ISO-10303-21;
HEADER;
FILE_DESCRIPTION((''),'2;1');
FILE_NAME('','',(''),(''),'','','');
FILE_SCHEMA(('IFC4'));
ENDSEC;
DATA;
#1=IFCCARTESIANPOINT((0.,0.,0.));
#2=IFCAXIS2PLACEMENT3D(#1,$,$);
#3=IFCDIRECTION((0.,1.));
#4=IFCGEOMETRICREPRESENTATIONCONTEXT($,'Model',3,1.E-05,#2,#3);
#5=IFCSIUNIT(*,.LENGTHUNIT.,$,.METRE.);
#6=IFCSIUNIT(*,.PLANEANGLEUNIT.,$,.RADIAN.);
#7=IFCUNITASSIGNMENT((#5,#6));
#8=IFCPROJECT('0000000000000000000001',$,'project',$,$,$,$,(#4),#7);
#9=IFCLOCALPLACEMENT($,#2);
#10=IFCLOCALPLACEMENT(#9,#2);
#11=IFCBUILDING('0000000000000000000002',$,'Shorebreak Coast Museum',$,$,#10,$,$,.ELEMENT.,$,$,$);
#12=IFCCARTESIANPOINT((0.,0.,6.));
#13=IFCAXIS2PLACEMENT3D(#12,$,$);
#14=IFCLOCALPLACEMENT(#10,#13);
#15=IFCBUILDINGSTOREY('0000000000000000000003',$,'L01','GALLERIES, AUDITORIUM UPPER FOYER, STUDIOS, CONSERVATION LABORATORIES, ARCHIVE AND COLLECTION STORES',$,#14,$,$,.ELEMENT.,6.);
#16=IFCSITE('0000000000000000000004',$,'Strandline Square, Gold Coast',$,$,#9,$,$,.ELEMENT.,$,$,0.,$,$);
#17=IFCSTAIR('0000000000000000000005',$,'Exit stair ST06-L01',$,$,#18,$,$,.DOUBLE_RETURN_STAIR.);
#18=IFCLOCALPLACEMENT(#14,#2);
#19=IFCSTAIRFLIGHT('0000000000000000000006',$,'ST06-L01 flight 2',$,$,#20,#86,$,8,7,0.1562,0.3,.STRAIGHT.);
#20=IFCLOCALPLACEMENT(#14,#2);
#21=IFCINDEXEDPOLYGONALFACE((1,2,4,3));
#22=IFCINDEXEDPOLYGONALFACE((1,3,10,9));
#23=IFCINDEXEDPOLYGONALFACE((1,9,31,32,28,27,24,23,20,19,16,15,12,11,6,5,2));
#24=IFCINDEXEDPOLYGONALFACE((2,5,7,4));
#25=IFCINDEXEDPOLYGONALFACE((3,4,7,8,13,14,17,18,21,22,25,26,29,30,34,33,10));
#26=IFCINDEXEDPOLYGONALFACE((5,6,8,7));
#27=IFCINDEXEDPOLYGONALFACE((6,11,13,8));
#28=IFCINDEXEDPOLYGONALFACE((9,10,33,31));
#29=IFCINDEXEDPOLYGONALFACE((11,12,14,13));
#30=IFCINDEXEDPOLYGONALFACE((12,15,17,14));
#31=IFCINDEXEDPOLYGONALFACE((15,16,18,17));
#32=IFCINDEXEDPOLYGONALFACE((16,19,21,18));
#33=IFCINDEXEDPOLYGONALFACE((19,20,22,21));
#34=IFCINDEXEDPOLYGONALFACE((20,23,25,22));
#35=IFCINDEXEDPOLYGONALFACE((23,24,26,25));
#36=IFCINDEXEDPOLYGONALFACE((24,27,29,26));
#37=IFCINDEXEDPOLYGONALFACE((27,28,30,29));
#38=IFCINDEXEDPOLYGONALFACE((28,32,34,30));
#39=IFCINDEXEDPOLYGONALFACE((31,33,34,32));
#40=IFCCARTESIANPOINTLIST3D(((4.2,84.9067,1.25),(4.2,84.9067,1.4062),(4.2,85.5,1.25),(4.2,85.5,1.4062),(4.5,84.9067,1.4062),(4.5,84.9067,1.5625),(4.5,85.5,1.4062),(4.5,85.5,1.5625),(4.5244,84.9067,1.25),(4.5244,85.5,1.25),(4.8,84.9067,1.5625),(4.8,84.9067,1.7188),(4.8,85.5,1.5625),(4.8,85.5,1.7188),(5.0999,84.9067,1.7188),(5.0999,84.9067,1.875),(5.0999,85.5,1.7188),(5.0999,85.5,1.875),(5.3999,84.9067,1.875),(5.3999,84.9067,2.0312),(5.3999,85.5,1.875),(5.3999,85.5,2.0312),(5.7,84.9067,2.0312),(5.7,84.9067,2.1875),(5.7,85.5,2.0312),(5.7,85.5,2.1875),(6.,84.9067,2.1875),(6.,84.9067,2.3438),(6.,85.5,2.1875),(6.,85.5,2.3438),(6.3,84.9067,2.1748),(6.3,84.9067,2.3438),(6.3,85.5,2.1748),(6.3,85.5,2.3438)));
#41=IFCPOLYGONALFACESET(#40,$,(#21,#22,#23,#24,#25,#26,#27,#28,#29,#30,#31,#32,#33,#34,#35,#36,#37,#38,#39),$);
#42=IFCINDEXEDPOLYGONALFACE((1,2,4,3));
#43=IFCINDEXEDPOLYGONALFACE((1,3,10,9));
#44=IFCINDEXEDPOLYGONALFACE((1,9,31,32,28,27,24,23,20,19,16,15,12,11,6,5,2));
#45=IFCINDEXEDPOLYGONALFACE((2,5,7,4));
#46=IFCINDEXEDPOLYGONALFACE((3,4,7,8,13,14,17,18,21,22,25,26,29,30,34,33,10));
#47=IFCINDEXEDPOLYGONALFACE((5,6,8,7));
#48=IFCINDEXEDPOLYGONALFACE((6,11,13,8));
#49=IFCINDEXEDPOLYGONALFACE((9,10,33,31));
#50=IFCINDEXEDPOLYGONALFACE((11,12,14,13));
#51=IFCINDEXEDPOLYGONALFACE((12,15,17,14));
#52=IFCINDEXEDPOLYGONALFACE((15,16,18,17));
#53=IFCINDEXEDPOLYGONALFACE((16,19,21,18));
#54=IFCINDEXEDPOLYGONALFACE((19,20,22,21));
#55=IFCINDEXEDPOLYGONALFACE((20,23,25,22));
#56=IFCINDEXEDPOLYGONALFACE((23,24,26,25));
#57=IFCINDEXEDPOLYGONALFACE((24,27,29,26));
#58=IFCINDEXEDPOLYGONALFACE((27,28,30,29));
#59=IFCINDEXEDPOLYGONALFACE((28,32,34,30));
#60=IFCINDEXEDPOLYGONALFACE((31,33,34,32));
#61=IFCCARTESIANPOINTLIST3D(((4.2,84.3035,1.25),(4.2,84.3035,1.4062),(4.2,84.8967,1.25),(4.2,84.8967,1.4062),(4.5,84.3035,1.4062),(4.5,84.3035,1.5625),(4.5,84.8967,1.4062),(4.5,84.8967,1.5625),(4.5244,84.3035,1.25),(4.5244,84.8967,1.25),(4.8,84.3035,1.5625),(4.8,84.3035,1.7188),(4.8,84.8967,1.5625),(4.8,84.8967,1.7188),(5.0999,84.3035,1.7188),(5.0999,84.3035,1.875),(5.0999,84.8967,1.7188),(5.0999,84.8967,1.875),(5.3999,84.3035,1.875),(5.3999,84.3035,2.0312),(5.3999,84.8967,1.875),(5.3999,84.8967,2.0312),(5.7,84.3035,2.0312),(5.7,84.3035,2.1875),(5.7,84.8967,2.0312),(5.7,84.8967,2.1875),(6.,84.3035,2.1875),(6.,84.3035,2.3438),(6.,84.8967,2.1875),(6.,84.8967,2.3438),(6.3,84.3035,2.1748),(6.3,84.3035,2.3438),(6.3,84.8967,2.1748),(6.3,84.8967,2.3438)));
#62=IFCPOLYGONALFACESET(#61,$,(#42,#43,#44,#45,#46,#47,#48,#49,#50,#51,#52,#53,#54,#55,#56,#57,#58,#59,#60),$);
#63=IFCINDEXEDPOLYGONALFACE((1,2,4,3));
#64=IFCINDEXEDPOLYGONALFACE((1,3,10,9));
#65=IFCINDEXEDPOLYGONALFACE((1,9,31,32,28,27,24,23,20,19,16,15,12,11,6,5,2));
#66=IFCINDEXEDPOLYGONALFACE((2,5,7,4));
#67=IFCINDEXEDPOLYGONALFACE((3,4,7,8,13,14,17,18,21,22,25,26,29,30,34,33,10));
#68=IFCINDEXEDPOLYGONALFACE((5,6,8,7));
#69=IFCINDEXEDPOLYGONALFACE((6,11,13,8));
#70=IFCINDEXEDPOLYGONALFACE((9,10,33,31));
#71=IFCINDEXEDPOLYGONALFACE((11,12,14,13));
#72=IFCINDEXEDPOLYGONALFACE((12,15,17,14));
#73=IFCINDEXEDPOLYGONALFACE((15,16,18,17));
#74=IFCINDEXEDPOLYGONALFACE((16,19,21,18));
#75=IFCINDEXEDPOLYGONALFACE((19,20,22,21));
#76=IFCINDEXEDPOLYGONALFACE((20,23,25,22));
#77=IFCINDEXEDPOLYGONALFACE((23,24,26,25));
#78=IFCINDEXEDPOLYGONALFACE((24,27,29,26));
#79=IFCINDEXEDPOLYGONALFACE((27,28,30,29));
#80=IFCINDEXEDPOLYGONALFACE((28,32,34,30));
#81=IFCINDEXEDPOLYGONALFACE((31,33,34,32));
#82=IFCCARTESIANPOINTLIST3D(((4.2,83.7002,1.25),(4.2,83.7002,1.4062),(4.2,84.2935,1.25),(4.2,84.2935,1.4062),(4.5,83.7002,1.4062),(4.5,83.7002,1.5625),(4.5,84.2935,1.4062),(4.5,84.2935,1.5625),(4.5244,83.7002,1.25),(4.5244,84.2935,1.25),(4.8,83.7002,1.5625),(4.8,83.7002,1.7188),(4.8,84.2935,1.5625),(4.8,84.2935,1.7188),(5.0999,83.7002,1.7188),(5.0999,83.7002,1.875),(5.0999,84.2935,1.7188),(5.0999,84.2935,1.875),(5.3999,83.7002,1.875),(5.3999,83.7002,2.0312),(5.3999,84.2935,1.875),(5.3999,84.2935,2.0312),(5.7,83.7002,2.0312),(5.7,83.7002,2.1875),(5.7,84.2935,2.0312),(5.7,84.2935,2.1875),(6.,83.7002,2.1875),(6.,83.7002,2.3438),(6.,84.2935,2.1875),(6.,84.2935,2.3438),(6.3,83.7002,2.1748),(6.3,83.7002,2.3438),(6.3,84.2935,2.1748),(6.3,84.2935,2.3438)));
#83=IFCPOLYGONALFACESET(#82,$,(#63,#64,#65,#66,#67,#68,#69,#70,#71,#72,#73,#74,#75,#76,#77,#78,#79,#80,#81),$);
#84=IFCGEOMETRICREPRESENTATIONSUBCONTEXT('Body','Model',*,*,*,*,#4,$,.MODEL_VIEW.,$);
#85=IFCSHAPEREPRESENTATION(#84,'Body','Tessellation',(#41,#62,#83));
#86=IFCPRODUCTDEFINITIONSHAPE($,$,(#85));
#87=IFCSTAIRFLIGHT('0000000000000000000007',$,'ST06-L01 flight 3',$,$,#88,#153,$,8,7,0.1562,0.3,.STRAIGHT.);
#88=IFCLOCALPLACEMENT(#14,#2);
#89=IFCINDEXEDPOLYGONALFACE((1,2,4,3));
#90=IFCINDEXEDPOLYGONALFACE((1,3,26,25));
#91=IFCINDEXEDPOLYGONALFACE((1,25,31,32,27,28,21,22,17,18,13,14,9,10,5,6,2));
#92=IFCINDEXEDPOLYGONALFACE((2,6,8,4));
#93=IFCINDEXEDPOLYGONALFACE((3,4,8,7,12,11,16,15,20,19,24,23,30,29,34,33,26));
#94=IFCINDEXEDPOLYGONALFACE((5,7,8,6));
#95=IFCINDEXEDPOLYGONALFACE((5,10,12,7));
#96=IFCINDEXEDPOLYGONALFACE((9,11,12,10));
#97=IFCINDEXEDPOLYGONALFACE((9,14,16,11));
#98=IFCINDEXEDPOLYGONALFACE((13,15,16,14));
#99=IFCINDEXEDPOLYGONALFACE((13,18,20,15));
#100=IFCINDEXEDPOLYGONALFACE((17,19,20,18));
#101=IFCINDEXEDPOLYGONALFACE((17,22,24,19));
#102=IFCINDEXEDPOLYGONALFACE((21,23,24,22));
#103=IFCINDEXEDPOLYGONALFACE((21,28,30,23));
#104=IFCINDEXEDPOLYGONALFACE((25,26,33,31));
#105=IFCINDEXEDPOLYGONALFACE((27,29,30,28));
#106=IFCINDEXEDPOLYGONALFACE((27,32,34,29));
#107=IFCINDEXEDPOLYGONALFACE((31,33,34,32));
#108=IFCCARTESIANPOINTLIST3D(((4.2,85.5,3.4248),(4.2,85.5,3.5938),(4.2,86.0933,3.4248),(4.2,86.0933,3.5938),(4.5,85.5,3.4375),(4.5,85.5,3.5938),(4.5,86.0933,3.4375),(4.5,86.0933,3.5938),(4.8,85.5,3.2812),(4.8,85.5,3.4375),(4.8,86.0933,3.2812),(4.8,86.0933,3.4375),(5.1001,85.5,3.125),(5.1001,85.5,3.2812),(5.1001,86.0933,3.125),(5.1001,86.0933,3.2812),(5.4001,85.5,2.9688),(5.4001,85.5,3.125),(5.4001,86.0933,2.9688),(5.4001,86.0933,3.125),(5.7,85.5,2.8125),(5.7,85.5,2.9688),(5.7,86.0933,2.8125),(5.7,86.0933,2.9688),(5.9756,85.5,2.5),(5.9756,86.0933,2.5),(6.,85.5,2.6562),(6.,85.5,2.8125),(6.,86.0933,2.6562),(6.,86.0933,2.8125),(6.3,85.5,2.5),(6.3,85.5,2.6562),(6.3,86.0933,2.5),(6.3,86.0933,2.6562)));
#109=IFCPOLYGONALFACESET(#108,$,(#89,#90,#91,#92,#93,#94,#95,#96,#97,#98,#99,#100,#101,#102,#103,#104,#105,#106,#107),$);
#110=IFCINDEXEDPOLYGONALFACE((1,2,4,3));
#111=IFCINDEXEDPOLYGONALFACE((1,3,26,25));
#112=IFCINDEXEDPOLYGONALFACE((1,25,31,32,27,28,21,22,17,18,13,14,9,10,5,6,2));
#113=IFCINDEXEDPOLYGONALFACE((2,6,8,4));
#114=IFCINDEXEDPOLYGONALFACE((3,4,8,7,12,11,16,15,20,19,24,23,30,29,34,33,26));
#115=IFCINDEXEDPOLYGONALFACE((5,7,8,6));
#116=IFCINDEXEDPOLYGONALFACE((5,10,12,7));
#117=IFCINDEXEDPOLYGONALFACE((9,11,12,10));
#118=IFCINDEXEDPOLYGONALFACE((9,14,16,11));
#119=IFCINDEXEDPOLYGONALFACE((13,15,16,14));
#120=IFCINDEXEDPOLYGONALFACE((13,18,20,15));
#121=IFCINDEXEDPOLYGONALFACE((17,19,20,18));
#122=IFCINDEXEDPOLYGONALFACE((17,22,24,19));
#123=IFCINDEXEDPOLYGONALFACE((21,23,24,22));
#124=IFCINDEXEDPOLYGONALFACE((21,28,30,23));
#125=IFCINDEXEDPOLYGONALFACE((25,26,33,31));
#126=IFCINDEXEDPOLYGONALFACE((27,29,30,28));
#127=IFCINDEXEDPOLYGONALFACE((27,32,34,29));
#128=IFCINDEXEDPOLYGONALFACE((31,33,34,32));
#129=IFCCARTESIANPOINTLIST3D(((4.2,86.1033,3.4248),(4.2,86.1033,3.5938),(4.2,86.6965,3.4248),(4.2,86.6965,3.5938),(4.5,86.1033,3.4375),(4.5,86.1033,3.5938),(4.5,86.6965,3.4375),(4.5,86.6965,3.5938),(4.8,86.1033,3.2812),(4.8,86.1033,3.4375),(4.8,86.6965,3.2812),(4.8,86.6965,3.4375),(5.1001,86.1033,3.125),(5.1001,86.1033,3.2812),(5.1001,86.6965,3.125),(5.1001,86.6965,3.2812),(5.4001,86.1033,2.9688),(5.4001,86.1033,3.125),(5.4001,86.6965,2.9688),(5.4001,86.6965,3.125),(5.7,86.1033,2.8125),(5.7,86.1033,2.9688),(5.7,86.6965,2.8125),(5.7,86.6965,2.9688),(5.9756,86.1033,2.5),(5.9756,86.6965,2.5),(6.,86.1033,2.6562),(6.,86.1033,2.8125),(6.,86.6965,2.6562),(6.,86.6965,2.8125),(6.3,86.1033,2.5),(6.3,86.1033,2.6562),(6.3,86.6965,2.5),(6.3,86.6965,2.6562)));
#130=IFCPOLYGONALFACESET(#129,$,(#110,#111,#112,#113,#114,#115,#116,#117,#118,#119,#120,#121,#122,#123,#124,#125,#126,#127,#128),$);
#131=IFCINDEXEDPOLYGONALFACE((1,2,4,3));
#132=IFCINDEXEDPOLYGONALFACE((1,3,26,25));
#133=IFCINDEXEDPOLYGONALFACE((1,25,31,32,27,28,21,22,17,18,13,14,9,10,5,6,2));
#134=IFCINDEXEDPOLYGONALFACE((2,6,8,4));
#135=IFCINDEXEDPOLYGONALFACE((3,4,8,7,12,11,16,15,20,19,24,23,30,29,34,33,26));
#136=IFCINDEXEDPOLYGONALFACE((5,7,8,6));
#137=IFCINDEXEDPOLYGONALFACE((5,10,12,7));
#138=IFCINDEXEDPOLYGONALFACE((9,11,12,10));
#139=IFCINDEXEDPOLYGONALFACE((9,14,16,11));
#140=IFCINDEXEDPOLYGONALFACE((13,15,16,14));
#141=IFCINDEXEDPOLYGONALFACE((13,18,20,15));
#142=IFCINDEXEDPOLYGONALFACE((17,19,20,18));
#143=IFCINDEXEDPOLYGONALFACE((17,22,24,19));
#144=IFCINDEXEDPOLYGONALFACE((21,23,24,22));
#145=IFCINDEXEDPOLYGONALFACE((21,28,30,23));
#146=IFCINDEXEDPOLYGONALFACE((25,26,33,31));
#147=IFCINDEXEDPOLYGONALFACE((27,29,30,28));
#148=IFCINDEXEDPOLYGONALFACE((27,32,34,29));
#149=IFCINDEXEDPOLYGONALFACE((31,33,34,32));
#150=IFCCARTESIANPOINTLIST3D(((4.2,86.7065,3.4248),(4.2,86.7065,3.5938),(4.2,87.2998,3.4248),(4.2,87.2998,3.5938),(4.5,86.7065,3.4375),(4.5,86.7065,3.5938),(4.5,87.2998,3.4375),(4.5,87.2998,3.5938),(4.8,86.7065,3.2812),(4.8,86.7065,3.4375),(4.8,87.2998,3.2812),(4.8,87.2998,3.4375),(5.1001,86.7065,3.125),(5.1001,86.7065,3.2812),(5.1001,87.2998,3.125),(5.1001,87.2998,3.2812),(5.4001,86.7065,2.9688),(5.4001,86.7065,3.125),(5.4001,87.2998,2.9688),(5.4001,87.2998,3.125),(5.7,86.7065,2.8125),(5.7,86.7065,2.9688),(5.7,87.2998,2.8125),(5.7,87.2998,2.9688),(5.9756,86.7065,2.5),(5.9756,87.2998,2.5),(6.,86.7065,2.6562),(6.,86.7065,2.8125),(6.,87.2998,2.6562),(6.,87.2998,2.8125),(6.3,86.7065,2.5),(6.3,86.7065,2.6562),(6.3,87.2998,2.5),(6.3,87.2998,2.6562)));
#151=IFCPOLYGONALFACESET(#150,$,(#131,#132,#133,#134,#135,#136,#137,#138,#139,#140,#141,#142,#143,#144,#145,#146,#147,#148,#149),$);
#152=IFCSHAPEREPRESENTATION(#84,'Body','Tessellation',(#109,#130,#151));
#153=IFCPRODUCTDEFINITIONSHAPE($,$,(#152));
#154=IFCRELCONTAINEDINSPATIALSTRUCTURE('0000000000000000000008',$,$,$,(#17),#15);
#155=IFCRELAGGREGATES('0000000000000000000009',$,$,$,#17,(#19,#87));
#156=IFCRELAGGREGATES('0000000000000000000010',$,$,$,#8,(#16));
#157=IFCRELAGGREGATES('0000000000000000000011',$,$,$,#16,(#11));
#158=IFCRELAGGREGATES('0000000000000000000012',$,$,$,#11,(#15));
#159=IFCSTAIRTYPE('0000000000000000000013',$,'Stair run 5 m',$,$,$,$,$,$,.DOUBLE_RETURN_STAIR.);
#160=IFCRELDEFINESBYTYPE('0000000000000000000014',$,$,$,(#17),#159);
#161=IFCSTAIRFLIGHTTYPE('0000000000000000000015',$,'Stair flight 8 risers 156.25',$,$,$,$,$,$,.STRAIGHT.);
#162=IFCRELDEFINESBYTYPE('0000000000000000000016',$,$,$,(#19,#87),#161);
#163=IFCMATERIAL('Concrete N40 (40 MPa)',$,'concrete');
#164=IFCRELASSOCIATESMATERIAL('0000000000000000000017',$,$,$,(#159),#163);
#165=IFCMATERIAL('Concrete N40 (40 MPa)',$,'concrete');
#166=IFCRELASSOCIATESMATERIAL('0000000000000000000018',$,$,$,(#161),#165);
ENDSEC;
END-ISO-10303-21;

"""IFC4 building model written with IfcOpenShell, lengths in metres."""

from ifc_helpers import new_model, si_unit, direction, frame, origin, place, context, subcontext, project, spatial, polyline, outline, extrude, material, type_object, element, aggregate, save


model = new_model("IFC4")

# Units and contexts
model_context = context("Model", 3, precision=1e-05, world=origin(), true_north=direction((0.0, 1.0)))
body_context = subcontext(model_context, "Body", "Model", "MODEL_VIEW")
ifc_project = project(units=[si_unit("LENGTHUNIT", "METRE"), si_unit("PLANEANGLEUNIT", "RADIAN")], contexts=[model_context])

# Site, building, storey
site_placement = place(None, origin())
site = spatial("IfcSite", under=ifc_project, at=site_placement, Name="Strandline Square, Gold Coast", CompositionType="ELEMENT", RefElevation=0.0)
building_placement = place(site_placement, origin())
building = spatial("IfcBuilding", under=site, at=building_placement, Name="Shorebreak Coast Museum", CompositionType="ELEMENT")
storey_placement = place(building_placement, frame((0.0, 0.0, 6.0)))
storey = spatial("IfcBuildingStorey", under=building, at=storey_placement, Name="L01", Description="GALLERIES, AUDITORIUM UPPER FOYER, STUDIOS, CONSERVATION LABORATORIES, ARCHIVE AND COLLECTION STORES", CompositionType="ELEMENT", Elevation=6.0)

# Stair, stair flights
ifc_material_1 = material(Name="Concrete N40 (40 MPa)", Category="concrete")
stair_type = type_object("IfcStairType", Name="Stair run 5 m", PredefinedType="DOUBLE_RETURN_STAIR", material=ifc_material_1)
stair_placement = place(storey_placement, origin())
stair = element("IfcStair", 1, at=stair_placement, inside=storey, type_object=stair_type, Name="Exit stair ST06-L01", PredefinedType="DOUBLE_RETURN_STAIR")
ifc_material_2 = material(Name="Concrete N40 (40 MPa)", Category="concrete")
stair_flight_type = type_object("IfcStairFlightType", Name="Stair flight 8 risers 156.25", PredefinedType="STRAIGHT", material=ifc_material_2)
stair_flight_1_placement = place(storey_placement, frame((4.2, 84.6001, 1.25), z_axis=(0.0, 0.0, 1.0), x_axis=(1.0, 0.0, 0.0)))
stair_flight_1 = element("IfcStairFlight", 2, at=stair_flight_1_placement, type_object=stair_flight_type, Name="ST06-L01 flight 2", NumberOfRisers=8, NumberOfTreads=7, PredefinedType="STRAIGHT", RiserHeight=0.1562, TreadLength=0.3, context=body_context, shape_type="SweptSolid", body=[
    extrude(outline(polyline([(0.0, 0.0), (0.0, 0.1562), (0.3, 0.1562), (0.3, 0.3125), (0.6001, 0.3125), (0.6001, 0.4688), (0.8999, 0.4688), (0.8999, 0.625), (1.2, 0.625), (1.2, 0.7812), (1.5, 0.7812), (1.5, 0.9375), (1.8, 0.9375), (1.8, 1.0938), (2.1001, 1.0938), (2.1001, 1.25), (2.1001, 0.9248), (0.3245, 0.0), (0.0, 0.0)])), frame((0.0, 0.8999, 0.0), z_axis=(0.0, -1.0, 0.0), x_axis=(1.0, 0.0, 0.0)), (0.0, 0.0, 1.0), 0.5933),
    extrude(outline(polyline([(0.0, 0.0), (0.0, 0.1562), (0.3, 0.1562), (0.3, 0.3125), (0.6001, 0.3125), (0.6001, 0.4688), (0.8999, 0.4688), (0.8999, 0.625), (1.2, 0.625), (1.2, 0.7812), (1.5, 0.7812), (1.5, 0.9375), (1.8, 0.9375), (1.8, 1.0938), (2.1001, 1.0938), (2.1001, 1.25), (2.1001, 0.9248), (0.3245, 0.0), (0.0, 0.0)])), frame((0.0, 0.2966, 0.0), z_axis=(0.0, -1.0, 0.0), x_axis=(1.0, 0.0, 0.0)), (0.0, 0.0, 1.0), 0.5933),
    extrude(outline(polyline([(0.0, 0.0), (0.0, 0.1562), (0.3, 0.1562), (0.3, 0.3125), (0.6001, 0.3125), (0.6001, 0.4688), (0.8999, 0.4688), (0.8999, 0.625), (1.2, 0.625), (1.2, 0.7812), (1.5, 0.7812), (1.5, 0.9375), (1.8, 0.9375), (1.8, 1.0938), (2.1001, 1.0938), (2.1001, 1.25), (2.1001, 0.9248), (0.3245, 0.0), (0.0, 0.0)])), frame((0.0, -0.3066, 0.0), z_axis=(0.0, -1.0, 0.0), x_axis=(1.0, 0.0, 0.0)), (0.0, 0.0, 1.0), 0.5933),
])
stair_flight_2_placement = place(storey_placement, frame((6.3, 86.3999, 2.5), z_axis=(0.0, 0.0, 1.0), x_axis=(-1.0, 0.0, 0.0)))
stair_flight_2 = element("IfcStairFlight", 3, at=stair_flight_2_placement, type_object=stair_flight_type, Name="ST06-L01 flight 3", NumberOfRisers=8, NumberOfTreads=7, PredefinedType="STRAIGHT", RiserHeight=0.1562, TreadLength=0.3, context=body_context, shape_type="SweptSolid", body=[
    extrude(outline(polyline([(0.0, 0.0), (0.0, 0.1562), (0.3, 0.1562), (0.3, 0.3125), (0.6001, 0.3125), (0.6001, 0.4688), (0.8999, 0.4688), (0.8999, 0.625), (1.2, 0.625), (1.2, 0.7812), (1.5, 0.7812), (1.5, 0.9375), (1.8, 0.9375), (1.8, 1.0938), (2.1001, 1.0938), (2.1001, 1.25), (2.1001, 0.9248), (0.3245, 0.0), (0.0, 0.0)])), frame((0.0, 0.8999, 0.0), z_axis=(0.0, -1.0, 0.0), x_axis=(1.0, 0.0, 0.0)), (0.0, 0.0, 1.0), 0.5933),
    extrude(outline(polyline([(0.0, 0.0), (0.0, 0.1562), (0.3, 0.1562), (0.3, 0.3125), (0.6001, 0.3125), (0.6001, 0.4688), (0.8999, 0.4688), (0.8999, 0.625), (1.2, 0.625), (1.2, 0.7812), (1.5, 0.7812), (1.5, 0.9375), (1.8, 0.9375), (1.8, 1.0938), (2.1001, 1.0938), (2.1001, 1.25), (2.1001, 0.9248), (0.3245, 0.0), (0.0, 0.0)])), frame((0.0, 0.2966, 0.0), z_axis=(0.0, -1.0, 0.0), x_axis=(1.0, 0.0, 0.0)), (0.0, 0.0, 1.0), 0.5933),
    extrude(outline(polyline([(0.0, 0.0), (0.0, 0.1562), (0.3, 0.1562), (0.3, 0.3125), (0.6001, 0.3125), (0.6001, 0.4688), (0.8999, 0.4688), (0.8999, 0.625), (1.2, 0.625), (1.2, 0.7812), (1.5, 0.7812), (1.5, 0.9375), (1.8, 0.9375), (1.8, 1.0938), (2.1001, 1.0938), (2.1001, 1.25), (2.1001, 0.9248), (0.3245, 0.0), (0.0, 0.0)])), frame((0.0, -0.3066, 0.0), z_axis=(0.0, -1.0, 0.0), x_axis=(1.0, 0.0, 0.0)), (0.0, 0.0, 1.0), 0.5933),
])
aggregate(stair, [stair_flight_1, stair_flight_2])

save(model, "model.ifc")
